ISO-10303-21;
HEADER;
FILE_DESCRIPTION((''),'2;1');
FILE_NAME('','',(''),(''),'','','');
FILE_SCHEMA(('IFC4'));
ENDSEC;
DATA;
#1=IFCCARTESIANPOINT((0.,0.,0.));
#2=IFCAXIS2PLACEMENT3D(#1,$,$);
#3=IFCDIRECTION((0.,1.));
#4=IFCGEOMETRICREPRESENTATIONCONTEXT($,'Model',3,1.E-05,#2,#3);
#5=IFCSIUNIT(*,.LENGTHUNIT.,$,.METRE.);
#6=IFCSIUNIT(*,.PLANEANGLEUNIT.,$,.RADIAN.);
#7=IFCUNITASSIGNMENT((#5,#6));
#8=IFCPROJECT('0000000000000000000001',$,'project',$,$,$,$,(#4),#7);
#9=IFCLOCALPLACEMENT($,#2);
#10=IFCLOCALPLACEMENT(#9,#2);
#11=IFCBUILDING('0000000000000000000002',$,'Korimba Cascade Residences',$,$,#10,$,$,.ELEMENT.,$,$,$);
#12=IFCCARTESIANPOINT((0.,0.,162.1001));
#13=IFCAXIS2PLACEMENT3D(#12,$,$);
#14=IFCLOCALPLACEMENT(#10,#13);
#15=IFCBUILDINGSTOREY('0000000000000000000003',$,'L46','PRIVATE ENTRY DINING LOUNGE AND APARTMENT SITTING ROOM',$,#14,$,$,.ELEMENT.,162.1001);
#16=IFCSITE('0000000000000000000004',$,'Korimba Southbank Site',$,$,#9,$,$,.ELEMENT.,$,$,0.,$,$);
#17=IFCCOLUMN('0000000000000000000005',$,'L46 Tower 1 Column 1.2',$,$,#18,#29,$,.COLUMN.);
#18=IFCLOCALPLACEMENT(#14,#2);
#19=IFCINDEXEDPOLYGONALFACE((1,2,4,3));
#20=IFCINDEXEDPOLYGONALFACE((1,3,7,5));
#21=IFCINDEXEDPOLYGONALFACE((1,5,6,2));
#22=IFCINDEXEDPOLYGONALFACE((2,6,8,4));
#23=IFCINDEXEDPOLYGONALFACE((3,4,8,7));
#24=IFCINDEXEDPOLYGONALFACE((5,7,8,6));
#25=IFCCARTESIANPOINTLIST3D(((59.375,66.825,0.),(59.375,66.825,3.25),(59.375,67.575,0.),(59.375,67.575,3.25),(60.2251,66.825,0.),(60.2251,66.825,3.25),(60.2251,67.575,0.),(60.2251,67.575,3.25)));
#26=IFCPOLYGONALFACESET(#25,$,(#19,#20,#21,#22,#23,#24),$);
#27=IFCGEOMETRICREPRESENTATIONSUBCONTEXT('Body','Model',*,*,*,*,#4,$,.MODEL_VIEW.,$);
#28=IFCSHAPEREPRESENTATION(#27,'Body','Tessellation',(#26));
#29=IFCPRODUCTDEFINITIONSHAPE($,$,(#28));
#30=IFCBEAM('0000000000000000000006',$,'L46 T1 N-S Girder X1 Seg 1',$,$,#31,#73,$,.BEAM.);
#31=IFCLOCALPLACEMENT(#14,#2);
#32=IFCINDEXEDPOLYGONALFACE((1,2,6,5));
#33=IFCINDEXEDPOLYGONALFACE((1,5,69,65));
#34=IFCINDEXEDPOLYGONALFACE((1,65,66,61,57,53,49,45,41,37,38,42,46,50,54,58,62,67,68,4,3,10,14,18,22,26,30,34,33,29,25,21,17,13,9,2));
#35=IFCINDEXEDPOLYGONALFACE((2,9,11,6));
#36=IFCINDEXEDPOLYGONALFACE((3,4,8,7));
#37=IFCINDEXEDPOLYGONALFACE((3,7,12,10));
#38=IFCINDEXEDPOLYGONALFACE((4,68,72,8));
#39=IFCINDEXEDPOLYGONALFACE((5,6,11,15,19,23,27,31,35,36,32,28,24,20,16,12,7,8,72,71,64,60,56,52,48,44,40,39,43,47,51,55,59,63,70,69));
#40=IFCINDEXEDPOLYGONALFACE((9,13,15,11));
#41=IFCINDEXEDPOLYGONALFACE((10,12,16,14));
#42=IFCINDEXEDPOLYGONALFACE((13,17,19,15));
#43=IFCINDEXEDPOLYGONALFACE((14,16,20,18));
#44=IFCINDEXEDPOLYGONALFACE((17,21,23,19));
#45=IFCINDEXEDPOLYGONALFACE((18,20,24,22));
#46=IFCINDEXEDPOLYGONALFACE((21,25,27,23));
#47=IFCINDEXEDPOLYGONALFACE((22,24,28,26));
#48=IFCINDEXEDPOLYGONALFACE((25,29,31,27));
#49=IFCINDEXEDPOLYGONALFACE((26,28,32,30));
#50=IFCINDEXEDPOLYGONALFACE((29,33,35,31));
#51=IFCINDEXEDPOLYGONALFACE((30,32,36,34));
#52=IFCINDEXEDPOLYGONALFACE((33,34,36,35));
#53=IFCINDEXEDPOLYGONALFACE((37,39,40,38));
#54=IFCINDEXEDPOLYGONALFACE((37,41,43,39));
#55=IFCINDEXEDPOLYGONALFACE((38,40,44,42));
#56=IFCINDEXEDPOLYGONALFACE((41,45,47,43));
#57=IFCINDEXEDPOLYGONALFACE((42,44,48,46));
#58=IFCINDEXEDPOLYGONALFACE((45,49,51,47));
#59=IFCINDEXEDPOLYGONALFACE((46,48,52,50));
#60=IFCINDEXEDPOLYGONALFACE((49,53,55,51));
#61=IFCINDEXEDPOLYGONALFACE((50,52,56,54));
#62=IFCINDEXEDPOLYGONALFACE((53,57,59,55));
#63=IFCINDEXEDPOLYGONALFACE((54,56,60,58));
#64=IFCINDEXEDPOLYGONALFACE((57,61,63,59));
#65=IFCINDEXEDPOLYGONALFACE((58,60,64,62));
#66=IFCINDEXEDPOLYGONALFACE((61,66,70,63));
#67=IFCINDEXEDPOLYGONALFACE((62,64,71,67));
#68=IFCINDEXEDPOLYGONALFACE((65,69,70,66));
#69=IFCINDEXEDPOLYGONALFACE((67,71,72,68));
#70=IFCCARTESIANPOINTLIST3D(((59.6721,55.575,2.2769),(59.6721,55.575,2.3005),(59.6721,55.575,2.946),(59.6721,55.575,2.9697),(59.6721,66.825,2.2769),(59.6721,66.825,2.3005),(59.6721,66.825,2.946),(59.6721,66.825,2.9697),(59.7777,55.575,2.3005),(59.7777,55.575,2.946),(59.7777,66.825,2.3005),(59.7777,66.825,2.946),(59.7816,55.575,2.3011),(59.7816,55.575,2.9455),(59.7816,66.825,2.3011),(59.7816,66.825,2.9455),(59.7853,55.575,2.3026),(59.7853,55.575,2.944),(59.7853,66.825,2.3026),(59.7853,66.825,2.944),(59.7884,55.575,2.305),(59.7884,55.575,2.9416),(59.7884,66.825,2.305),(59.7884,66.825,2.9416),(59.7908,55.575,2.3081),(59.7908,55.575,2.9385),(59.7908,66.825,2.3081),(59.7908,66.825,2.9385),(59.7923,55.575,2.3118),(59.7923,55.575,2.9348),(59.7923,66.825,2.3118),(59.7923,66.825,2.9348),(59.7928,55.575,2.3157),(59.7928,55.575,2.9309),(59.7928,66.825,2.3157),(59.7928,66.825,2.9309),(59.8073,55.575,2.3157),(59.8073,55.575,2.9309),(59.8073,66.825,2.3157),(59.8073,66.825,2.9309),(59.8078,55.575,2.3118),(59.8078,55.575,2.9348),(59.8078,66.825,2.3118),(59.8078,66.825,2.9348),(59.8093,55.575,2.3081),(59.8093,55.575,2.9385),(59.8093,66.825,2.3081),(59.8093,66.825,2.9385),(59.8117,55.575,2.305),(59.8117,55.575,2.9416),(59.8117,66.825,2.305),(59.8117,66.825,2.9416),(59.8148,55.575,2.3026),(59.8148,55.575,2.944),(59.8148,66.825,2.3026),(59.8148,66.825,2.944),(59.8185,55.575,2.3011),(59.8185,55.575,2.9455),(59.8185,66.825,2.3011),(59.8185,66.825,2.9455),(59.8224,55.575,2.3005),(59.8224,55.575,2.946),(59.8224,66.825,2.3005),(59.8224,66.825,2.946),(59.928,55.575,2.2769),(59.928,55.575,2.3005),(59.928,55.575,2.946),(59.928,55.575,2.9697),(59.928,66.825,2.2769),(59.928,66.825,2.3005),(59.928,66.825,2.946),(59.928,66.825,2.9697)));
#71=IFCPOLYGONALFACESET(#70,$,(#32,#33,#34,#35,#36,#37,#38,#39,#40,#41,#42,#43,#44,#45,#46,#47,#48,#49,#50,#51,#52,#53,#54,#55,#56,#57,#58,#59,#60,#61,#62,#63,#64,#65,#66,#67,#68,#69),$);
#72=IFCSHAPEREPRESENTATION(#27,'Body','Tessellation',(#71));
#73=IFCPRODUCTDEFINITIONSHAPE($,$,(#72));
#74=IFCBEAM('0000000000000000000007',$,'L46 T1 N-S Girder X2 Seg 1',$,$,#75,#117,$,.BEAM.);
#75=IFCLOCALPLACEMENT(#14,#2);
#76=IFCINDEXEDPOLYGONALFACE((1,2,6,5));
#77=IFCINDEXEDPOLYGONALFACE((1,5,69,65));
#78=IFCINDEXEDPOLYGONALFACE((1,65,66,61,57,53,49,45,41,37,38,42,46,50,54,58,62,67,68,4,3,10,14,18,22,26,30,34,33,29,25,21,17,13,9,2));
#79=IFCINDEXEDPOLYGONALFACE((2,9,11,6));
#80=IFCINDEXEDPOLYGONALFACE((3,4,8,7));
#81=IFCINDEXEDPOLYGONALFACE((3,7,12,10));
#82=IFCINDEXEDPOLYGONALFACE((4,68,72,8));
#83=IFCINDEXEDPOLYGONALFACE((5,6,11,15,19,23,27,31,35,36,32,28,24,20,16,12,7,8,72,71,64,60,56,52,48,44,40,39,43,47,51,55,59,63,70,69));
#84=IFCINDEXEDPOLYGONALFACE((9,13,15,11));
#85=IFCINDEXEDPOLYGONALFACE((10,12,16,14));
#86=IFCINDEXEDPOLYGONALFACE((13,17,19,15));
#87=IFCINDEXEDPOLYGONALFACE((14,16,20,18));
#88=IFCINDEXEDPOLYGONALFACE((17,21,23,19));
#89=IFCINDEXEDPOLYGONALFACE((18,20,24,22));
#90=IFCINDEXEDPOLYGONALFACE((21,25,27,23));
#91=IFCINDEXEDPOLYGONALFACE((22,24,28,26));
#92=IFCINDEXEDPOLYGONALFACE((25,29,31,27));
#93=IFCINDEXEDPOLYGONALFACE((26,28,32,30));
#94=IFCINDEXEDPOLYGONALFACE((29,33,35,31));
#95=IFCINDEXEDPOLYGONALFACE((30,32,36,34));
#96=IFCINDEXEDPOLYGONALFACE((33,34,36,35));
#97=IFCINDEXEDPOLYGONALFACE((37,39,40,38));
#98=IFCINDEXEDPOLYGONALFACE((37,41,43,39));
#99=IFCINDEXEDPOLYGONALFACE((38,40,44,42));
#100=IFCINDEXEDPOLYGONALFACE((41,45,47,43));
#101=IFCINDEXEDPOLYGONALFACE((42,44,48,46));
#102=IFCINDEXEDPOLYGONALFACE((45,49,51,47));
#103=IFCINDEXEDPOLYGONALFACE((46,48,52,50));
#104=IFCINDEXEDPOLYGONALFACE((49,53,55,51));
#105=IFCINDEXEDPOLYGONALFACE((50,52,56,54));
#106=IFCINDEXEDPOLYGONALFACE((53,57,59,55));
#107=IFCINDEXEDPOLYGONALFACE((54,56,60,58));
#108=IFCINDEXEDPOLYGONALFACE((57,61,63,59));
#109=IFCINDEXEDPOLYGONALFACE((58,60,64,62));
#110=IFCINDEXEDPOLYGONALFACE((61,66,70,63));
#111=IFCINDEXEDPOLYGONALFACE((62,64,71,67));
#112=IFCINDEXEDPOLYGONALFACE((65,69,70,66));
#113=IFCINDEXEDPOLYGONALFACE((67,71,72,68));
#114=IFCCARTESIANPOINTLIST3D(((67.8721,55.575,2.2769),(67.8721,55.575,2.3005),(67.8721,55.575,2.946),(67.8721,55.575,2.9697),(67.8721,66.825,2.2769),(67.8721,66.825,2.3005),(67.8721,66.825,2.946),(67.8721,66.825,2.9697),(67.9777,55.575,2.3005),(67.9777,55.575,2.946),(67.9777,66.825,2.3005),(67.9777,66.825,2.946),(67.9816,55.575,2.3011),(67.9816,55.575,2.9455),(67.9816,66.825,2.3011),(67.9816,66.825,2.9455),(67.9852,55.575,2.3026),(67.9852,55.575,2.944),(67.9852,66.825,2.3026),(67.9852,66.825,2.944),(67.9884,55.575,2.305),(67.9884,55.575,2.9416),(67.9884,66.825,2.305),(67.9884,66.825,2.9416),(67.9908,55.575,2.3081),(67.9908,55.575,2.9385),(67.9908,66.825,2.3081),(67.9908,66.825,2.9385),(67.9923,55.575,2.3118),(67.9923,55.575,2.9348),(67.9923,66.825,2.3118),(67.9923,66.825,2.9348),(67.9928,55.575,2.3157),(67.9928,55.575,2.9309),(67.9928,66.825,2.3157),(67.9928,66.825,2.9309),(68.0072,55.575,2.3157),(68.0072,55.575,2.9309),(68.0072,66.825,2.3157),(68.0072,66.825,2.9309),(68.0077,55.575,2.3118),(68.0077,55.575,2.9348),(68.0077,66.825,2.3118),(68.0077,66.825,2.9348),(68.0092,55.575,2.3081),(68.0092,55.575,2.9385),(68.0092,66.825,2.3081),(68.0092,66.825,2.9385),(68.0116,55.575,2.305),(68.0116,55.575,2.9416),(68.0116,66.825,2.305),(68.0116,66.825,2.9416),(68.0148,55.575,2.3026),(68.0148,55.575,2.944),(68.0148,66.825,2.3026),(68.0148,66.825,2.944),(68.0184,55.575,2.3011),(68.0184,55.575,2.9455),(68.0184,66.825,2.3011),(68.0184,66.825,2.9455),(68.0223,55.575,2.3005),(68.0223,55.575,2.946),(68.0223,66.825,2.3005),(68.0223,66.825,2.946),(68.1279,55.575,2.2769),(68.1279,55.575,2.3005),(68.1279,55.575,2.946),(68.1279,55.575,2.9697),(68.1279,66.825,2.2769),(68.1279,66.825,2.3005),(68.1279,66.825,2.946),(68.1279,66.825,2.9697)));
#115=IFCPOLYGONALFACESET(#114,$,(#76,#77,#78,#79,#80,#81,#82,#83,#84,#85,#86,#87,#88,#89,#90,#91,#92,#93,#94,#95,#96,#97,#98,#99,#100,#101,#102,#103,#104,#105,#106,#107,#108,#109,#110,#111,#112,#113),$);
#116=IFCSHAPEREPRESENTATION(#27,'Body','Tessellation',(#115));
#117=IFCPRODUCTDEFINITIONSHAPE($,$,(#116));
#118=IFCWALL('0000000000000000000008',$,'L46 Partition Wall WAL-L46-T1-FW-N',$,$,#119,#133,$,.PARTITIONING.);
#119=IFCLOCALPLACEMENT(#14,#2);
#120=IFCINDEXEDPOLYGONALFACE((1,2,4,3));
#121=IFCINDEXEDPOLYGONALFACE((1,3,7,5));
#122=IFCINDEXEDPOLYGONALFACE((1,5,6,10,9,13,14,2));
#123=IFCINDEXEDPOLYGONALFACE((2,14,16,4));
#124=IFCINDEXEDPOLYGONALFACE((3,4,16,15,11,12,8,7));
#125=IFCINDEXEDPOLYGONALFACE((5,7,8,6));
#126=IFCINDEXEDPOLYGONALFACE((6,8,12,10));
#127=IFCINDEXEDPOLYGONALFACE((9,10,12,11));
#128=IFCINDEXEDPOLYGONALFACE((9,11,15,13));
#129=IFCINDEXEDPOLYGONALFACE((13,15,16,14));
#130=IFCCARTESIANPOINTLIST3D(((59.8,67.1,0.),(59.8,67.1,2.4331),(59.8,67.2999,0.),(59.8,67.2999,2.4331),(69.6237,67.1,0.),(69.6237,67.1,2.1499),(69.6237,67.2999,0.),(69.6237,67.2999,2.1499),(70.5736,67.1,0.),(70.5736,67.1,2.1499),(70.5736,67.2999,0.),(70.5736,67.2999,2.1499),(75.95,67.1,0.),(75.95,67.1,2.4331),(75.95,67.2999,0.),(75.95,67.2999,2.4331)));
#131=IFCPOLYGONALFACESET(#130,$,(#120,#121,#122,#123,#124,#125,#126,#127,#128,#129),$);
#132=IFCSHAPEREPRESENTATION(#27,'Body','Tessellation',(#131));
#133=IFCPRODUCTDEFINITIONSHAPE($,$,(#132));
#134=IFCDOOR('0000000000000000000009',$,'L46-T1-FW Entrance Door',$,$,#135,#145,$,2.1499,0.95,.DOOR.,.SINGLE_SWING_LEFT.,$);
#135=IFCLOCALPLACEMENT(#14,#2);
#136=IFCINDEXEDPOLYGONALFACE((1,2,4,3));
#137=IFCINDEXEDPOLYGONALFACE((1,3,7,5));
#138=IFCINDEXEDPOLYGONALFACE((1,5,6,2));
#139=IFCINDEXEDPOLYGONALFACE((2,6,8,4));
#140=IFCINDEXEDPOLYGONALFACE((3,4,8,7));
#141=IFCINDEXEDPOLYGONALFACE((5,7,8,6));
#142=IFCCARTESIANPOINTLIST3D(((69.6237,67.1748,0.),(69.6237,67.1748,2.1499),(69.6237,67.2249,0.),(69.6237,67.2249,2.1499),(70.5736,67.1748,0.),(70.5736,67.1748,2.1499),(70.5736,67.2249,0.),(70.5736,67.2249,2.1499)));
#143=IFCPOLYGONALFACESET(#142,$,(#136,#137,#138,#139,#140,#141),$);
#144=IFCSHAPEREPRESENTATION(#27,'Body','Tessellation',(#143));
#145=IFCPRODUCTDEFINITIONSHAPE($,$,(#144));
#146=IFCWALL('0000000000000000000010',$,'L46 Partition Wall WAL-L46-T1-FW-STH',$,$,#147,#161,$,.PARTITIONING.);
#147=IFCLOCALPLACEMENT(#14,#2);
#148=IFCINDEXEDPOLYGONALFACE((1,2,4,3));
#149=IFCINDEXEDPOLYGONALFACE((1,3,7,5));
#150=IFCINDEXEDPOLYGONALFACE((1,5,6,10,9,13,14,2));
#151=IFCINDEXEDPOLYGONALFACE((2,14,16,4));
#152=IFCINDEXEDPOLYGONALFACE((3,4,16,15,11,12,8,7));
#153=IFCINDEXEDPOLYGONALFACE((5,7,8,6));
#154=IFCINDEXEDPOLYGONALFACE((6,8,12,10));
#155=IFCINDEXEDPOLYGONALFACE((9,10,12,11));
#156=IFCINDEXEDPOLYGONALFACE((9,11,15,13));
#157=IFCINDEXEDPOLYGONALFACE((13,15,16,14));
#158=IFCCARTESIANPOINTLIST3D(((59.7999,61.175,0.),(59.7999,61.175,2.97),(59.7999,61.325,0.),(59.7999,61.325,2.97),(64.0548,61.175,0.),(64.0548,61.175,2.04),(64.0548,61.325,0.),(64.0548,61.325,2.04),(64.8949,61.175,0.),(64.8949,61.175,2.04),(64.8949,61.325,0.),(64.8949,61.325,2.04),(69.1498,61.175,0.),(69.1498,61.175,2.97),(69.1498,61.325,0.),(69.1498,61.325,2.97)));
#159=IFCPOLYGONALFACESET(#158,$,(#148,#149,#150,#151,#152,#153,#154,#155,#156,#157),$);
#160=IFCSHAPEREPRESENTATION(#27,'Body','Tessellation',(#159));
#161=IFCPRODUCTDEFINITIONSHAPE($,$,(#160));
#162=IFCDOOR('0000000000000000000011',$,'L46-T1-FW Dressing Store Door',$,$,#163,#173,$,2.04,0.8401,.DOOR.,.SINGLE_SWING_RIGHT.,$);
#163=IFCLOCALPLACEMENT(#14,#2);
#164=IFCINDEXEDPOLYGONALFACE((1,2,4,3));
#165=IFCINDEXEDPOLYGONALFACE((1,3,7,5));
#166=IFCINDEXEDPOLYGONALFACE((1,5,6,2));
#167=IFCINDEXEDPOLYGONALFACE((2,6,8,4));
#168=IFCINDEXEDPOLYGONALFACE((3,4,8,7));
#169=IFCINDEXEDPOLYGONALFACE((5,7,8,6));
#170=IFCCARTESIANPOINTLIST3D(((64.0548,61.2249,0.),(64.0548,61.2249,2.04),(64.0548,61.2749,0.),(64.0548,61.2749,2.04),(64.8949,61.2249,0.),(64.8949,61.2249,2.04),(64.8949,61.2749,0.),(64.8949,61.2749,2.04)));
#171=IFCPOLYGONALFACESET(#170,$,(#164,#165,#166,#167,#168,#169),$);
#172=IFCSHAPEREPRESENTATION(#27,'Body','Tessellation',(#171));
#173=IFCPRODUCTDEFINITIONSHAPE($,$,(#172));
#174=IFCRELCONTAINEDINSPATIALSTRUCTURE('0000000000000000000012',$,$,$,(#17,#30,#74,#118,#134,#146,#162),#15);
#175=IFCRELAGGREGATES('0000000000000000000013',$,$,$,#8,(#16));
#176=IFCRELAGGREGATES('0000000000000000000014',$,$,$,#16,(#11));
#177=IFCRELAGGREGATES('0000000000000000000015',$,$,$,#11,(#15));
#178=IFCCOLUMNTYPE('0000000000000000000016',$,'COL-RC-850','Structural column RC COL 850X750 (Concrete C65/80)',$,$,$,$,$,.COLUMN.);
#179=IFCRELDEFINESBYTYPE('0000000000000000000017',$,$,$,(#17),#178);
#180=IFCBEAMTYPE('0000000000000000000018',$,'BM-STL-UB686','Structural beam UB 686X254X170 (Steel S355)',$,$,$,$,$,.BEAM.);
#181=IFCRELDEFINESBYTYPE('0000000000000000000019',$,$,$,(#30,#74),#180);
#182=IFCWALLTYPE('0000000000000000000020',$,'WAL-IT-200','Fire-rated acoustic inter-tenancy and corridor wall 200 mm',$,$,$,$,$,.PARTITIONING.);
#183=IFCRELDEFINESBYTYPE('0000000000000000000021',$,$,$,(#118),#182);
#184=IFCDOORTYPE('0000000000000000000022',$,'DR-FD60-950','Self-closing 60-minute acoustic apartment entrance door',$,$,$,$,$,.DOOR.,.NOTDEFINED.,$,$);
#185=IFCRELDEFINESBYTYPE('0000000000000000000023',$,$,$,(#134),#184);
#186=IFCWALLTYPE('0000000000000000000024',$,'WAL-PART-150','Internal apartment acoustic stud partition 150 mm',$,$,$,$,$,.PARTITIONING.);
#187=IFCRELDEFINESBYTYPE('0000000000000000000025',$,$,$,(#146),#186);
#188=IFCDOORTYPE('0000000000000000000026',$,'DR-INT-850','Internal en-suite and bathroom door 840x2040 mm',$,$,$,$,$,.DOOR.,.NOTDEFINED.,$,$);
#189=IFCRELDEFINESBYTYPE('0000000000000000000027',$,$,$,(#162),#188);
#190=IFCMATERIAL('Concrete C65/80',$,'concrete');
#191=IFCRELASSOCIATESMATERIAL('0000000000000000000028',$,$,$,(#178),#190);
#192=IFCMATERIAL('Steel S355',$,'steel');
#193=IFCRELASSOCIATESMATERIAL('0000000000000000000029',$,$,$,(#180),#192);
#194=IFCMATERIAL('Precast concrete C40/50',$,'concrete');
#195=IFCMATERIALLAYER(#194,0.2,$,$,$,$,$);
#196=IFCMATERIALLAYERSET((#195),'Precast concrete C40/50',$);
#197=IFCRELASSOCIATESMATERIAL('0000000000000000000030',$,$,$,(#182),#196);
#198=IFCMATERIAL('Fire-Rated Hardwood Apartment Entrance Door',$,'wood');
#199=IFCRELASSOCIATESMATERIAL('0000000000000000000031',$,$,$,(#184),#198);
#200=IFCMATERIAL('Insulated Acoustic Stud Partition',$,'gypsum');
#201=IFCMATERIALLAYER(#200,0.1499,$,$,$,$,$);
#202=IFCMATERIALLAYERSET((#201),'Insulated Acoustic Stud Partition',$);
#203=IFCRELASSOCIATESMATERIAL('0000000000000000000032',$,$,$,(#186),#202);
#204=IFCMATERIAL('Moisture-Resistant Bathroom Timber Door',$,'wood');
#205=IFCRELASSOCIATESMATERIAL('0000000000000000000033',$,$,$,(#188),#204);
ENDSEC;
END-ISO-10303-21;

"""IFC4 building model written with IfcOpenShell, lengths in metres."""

from ifc_helpers import new_model, si_unit, direction, frame, frame_2d, origin, origin_2d, place, context, subcontext, project, spatial, rectangle, i_section, extrude, material, layer, layer_set, material_profile, profile_set, type_object, element, fill, save


model = new_model("IFC4")

# Units and contexts
model_context = context("Model", 3, precision=1e-05, world=origin(), true_north=direction((0.0, 1.0)))
body_context = subcontext(model_context, "Body", "Model", "MODEL_VIEW")
ifc_project = project(units=[si_unit("LENGTHUNIT", "METRE"), si_unit("PLANEANGLEUNIT", "RADIAN")], contexts=[model_context])

# Site, building, storey
site_placement = place(None, origin())
site = spatial("IfcSite", under=ifc_project, at=site_placement, Name="Korimba Southbank Site", CompositionType="ELEMENT", RefElevation=0.0)
building_placement = place(site_placement, origin())
building = spatial("IfcBuilding", under=site, at=building_placement, Name="Korimba Cascade Residences", CompositionType="ELEMENT")
storey_placement = place(building_placement, frame((0.0, 0.0, 162.1001)))
storey = spatial("IfcBuildingStorey", under=building, at=storey_placement, Name="L46", Description="PRIVATE ENTRY DINING LOUNGE AND APARTMENT SITTING ROOM", CompositionType="ELEMENT", Elevation=162.1001)

# Column
ifc_material_1 = material(Name="Concrete C65/80", Category="concrete")
ifc_material_profile_1 = material_profile(ifc_material_1, rectangle(XDim=0.8501, YDim=0.75, at=origin_2d()), Name="Concrete C65/80")
ifc_profile_set_1 = profile_set([ifc_material_profile_1], Name="Concrete C65/80")
column_type = type_object("IfcColumnType", Name="COL-RC-850", Description="Structural column RC COL 850X750 (Concrete C65/80)", PredefinedType="COLUMN", material=ifc_profile_set_1)
column_placement = place(storey_placement, frame((59.8, 67.2, 0.0), z_axis=(0.0, 0.0, 1.0), x_axis=(1.0, 0.0, 0.0)))
element("IfcColumn", 1, at=column_placement, inside=storey, type_object=column_type, Name="L46 Tower 1 Column 1.2", PredefinedType="COLUMN", context=body_context, shape_type="SweptSolid", body=[
    extrude(rectangle(XDim=0.8501, YDim=0.75, at=origin_2d()), origin(), (0.0, 0.0, 1.0), 3.25),
])

# Beams
ifc_material_2 = material(Name="Steel S355", Category="steel")
ifc_material_profile_2 = material_profile(ifc_material_2, i_section(OverallWidth=0.2559, OverallDepth=0.6929, WebThickness=0.0144, FlangeThickness=0.0237, FilletRadius=0.0151, at=origin_2d()), Name="Steel S355")
ifc_profile_set_2 = profile_set([ifc_material_profile_2], Name="Steel S355")
beam_type = type_object("IfcBeamType", Name="BM-STL-UB686", Description="Structural beam UB 686X254X170 (Steel S355)", PredefinedType="BEAM", material=ifc_profile_set_2)
for number, where, z_axis, x_axis, name in (
    (2, (59.8, 55.575, 2.6233), (0.0, 1.0, 0.0), (-1.0, 0.0, 0.0), "L46 T1 N-S Girder X1 Seg 1"),
    (3, (68.0, 55.575, 2.6233), (0.0, 1.0, 0.0), (-1.0, 0.0, 0.0), "L46 T1 N-S Girder X2 Seg 1"),
):
    element("IfcBeam", number, at=place(storey_placement, frame(where, z_axis=z_axis, x_axis=x_axis)), inside=storey, type_object=beam_type, Name=name, PredefinedType="BEAM", context=body_context, shape_type="SweptSolid", body=[
        extrude(i_section(OverallWidth=0.2559, OverallDepth=0.6929, WebThickness=0.0144, FlangeThickness=0.0237, FilletRadius=0.0151, at=origin_2d()), origin(), (0.0, 0.0, 1.0), 11.25),
    ])

# Walls, openings, doors
ifc_material_3 = material(Name="Precast concrete C40/50", Category="concrete")
ifc_layer_1 = layer(ifc_material_3, 0.2)
ifc_layer_set_1 = layer_set([ifc_layer_1], Name="Precast concrete C40/50")
wall_type_1 = type_object("IfcWallType", Name="WAL-IT-200", Description="Fire-rated acoustic inter-tenancy and corridor wall 200 mm", PredefinedType="PARTITIONING", material=ifc_layer_set_1)
wall_1_placement = place(storey_placement, frame((59.8, 67.2, 0.0), z_axis=(0.0, 0.0, 1.0), x_axis=(1.0, 0.0, 0.0)))
wall_1 = element("IfcWall", 4, at=wall_1_placement, inside=storey, type_object=wall_type_1, Name="L46 Partition Wall WAL-L46-T1-FW-N", PredefinedType="PARTITIONING", context=body_context, shape_type="SweptSolid", body=[
    extrude(rectangle(XDim=16.1499, YDim=0.2, at=frame_2d((8.075, 0.0))), origin(), (0.0, 0.0, 1.0), 2.4331),
])
opening_1_placement = place(wall_1_placement, frame((9.8235, 0.0, 0.0)))
opening_1 = element("IfcOpeningElement", 5, at=opening_1_placement, cuts=wall_1, PredefinedType="OPENING", context=body_context, shape_type="SweptSolid", body=[
    extrude(rectangle(XDim=0.95, YDim=2.1499, at=frame_2d((0.4751, 1.075))), frame((0.0, 0.1099, 0.0), z_axis=(0.0, -1.0, 0.0), x_axis=(1.0, 0.0, 0.0)), (0.0, 0.0, 1.0), 0.22),
])
ifc_material_4 = material(Name="Fire-Rated Hardwood Apartment Entrance Door", Category="wood")
door_type_1 = type_object("IfcDoorType", Name="DR-FD60-950", Description="Self-closing 60-minute acoustic apartment entrance door", OperationType="NOTDEFINED", PredefinedType="DOOR", material=ifc_material_4)
door_1_placement = place(opening_1_placement, origin())
door_1 = element("IfcDoor", 6, at=door_1_placement, inside=storey, type_object=door_type_1, Name="L46-T1-FW Entrance Door", OperationType="SINGLE_SWING_LEFT", OverallHeight=2.1499, OverallWidth=0.95, PredefinedType="DOOR", context=body_context, shape_type="SweptSolid", body=[
    extrude(rectangle(XDim=0.95, YDim=2.1499, at=frame_2d((0.4751, 1.075))), frame((0.0, 0.0249, 0.0), z_axis=(0.0, -1.0, 0.0), x_axis=(1.0, 0.0, 0.0)), (0.0, 0.0, 1.0), 0.05),
])
fill(opening_1, door_1)
ifc_material_5 = material(Name="Insulated Acoustic Stud Partition", Category="gypsum")
ifc_layer_2 = layer(ifc_material_5, 0.1499)
ifc_layer_set_2 = layer_set([ifc_layer_2], Name="Insulated Acoustic Stud Partition")
wall_type_2 = type_object("IfcWallType", Name="WAL-PART-150", Description="Internal apartment acoustic stud partition 150 mm", PredefinedType="PARTITIONING", material=ifc_layer_set_2)
wall_2_placement = place(storey_placement, frame((59.8, 61.25, 0.0), z_axis=(0.0, 0.0, 1.0), x_axis=(1.0, 0.0, 0.0)))
wall_2 = element("IfcWall", 7, at=wall_2_placement, inside=storey, type_object=wall_type_2, Name="L46 Partition Wall WAL-L46-T1-FW-STH", PredefinedType="PARTITIONING", context=body_context, shape_type="SweptSolid", body=[
    extrude(rectangle(XDim=9.3499, YDim=0.1499, at=frame_2d((4.6748, 0.0))), origin(), (0.0, 0.0, 1.0), 2.97),
])
opening_2_placement = place(wall_2_placement, frame((4.2549, 0.0, 0.0)))
opening_2 = element("IfcOpeningElement", 8, at=opening_2_placement, cuts=wall_2, PredefinedType="OPENING", context=body_context, shape_type="SweptSolid", body=[
    extrude(rectangle(XDim=0.8401, YDim=2.04, at=frame_2d((0.4199, 1.02))), frame((0.0, 0.085, 0.0), z_axis=(0.0, -1.0, 0.0), x_axis=(1.0, 0.0, 0.0)), (0.0, 0.0, 1.0), 0.1699),
])
ifc_material_6 = material(Name="Moisture-Resistant Bathroom Timber Door", Category="wood")
door_type_2 = type_object("IfcDoorType", Name="DR-INT-850", Description="Internal en-suite and bathroom door 840x2040 mm", OperationType="NOTDEFINED", PredefinedType="DOOR", material=ifc_material_6)
door_2_placement = place(opening_2_placement, origin())
door_2 = element("IfcDoor", 9, at=door_2_placement, inside=storey, type_object=door_type_2, Name="L46-T1-FW Dressing Store Door", OperationType="SINGLE_SWING_RIGHT", OverallHeight=2.04, OverallWidth=0.8401, PredefinedType="DOOR", context=body_context, shape_type="SweptSolid", body=[
    extrude(rectangle(XDim=0.8401, YDim=2.04, at=frame_2d((0.4199, 1.02))), frame((0.0, 0.0249, 0.0), z_axis=(0.0, -1.0, 0.0), x_axis=(1.0, 0.0, 0.0)), (0.0, 0.0, 1.0), 0.05),
])
fill(opening_2, door_2)

save(model, "model.ifc")
